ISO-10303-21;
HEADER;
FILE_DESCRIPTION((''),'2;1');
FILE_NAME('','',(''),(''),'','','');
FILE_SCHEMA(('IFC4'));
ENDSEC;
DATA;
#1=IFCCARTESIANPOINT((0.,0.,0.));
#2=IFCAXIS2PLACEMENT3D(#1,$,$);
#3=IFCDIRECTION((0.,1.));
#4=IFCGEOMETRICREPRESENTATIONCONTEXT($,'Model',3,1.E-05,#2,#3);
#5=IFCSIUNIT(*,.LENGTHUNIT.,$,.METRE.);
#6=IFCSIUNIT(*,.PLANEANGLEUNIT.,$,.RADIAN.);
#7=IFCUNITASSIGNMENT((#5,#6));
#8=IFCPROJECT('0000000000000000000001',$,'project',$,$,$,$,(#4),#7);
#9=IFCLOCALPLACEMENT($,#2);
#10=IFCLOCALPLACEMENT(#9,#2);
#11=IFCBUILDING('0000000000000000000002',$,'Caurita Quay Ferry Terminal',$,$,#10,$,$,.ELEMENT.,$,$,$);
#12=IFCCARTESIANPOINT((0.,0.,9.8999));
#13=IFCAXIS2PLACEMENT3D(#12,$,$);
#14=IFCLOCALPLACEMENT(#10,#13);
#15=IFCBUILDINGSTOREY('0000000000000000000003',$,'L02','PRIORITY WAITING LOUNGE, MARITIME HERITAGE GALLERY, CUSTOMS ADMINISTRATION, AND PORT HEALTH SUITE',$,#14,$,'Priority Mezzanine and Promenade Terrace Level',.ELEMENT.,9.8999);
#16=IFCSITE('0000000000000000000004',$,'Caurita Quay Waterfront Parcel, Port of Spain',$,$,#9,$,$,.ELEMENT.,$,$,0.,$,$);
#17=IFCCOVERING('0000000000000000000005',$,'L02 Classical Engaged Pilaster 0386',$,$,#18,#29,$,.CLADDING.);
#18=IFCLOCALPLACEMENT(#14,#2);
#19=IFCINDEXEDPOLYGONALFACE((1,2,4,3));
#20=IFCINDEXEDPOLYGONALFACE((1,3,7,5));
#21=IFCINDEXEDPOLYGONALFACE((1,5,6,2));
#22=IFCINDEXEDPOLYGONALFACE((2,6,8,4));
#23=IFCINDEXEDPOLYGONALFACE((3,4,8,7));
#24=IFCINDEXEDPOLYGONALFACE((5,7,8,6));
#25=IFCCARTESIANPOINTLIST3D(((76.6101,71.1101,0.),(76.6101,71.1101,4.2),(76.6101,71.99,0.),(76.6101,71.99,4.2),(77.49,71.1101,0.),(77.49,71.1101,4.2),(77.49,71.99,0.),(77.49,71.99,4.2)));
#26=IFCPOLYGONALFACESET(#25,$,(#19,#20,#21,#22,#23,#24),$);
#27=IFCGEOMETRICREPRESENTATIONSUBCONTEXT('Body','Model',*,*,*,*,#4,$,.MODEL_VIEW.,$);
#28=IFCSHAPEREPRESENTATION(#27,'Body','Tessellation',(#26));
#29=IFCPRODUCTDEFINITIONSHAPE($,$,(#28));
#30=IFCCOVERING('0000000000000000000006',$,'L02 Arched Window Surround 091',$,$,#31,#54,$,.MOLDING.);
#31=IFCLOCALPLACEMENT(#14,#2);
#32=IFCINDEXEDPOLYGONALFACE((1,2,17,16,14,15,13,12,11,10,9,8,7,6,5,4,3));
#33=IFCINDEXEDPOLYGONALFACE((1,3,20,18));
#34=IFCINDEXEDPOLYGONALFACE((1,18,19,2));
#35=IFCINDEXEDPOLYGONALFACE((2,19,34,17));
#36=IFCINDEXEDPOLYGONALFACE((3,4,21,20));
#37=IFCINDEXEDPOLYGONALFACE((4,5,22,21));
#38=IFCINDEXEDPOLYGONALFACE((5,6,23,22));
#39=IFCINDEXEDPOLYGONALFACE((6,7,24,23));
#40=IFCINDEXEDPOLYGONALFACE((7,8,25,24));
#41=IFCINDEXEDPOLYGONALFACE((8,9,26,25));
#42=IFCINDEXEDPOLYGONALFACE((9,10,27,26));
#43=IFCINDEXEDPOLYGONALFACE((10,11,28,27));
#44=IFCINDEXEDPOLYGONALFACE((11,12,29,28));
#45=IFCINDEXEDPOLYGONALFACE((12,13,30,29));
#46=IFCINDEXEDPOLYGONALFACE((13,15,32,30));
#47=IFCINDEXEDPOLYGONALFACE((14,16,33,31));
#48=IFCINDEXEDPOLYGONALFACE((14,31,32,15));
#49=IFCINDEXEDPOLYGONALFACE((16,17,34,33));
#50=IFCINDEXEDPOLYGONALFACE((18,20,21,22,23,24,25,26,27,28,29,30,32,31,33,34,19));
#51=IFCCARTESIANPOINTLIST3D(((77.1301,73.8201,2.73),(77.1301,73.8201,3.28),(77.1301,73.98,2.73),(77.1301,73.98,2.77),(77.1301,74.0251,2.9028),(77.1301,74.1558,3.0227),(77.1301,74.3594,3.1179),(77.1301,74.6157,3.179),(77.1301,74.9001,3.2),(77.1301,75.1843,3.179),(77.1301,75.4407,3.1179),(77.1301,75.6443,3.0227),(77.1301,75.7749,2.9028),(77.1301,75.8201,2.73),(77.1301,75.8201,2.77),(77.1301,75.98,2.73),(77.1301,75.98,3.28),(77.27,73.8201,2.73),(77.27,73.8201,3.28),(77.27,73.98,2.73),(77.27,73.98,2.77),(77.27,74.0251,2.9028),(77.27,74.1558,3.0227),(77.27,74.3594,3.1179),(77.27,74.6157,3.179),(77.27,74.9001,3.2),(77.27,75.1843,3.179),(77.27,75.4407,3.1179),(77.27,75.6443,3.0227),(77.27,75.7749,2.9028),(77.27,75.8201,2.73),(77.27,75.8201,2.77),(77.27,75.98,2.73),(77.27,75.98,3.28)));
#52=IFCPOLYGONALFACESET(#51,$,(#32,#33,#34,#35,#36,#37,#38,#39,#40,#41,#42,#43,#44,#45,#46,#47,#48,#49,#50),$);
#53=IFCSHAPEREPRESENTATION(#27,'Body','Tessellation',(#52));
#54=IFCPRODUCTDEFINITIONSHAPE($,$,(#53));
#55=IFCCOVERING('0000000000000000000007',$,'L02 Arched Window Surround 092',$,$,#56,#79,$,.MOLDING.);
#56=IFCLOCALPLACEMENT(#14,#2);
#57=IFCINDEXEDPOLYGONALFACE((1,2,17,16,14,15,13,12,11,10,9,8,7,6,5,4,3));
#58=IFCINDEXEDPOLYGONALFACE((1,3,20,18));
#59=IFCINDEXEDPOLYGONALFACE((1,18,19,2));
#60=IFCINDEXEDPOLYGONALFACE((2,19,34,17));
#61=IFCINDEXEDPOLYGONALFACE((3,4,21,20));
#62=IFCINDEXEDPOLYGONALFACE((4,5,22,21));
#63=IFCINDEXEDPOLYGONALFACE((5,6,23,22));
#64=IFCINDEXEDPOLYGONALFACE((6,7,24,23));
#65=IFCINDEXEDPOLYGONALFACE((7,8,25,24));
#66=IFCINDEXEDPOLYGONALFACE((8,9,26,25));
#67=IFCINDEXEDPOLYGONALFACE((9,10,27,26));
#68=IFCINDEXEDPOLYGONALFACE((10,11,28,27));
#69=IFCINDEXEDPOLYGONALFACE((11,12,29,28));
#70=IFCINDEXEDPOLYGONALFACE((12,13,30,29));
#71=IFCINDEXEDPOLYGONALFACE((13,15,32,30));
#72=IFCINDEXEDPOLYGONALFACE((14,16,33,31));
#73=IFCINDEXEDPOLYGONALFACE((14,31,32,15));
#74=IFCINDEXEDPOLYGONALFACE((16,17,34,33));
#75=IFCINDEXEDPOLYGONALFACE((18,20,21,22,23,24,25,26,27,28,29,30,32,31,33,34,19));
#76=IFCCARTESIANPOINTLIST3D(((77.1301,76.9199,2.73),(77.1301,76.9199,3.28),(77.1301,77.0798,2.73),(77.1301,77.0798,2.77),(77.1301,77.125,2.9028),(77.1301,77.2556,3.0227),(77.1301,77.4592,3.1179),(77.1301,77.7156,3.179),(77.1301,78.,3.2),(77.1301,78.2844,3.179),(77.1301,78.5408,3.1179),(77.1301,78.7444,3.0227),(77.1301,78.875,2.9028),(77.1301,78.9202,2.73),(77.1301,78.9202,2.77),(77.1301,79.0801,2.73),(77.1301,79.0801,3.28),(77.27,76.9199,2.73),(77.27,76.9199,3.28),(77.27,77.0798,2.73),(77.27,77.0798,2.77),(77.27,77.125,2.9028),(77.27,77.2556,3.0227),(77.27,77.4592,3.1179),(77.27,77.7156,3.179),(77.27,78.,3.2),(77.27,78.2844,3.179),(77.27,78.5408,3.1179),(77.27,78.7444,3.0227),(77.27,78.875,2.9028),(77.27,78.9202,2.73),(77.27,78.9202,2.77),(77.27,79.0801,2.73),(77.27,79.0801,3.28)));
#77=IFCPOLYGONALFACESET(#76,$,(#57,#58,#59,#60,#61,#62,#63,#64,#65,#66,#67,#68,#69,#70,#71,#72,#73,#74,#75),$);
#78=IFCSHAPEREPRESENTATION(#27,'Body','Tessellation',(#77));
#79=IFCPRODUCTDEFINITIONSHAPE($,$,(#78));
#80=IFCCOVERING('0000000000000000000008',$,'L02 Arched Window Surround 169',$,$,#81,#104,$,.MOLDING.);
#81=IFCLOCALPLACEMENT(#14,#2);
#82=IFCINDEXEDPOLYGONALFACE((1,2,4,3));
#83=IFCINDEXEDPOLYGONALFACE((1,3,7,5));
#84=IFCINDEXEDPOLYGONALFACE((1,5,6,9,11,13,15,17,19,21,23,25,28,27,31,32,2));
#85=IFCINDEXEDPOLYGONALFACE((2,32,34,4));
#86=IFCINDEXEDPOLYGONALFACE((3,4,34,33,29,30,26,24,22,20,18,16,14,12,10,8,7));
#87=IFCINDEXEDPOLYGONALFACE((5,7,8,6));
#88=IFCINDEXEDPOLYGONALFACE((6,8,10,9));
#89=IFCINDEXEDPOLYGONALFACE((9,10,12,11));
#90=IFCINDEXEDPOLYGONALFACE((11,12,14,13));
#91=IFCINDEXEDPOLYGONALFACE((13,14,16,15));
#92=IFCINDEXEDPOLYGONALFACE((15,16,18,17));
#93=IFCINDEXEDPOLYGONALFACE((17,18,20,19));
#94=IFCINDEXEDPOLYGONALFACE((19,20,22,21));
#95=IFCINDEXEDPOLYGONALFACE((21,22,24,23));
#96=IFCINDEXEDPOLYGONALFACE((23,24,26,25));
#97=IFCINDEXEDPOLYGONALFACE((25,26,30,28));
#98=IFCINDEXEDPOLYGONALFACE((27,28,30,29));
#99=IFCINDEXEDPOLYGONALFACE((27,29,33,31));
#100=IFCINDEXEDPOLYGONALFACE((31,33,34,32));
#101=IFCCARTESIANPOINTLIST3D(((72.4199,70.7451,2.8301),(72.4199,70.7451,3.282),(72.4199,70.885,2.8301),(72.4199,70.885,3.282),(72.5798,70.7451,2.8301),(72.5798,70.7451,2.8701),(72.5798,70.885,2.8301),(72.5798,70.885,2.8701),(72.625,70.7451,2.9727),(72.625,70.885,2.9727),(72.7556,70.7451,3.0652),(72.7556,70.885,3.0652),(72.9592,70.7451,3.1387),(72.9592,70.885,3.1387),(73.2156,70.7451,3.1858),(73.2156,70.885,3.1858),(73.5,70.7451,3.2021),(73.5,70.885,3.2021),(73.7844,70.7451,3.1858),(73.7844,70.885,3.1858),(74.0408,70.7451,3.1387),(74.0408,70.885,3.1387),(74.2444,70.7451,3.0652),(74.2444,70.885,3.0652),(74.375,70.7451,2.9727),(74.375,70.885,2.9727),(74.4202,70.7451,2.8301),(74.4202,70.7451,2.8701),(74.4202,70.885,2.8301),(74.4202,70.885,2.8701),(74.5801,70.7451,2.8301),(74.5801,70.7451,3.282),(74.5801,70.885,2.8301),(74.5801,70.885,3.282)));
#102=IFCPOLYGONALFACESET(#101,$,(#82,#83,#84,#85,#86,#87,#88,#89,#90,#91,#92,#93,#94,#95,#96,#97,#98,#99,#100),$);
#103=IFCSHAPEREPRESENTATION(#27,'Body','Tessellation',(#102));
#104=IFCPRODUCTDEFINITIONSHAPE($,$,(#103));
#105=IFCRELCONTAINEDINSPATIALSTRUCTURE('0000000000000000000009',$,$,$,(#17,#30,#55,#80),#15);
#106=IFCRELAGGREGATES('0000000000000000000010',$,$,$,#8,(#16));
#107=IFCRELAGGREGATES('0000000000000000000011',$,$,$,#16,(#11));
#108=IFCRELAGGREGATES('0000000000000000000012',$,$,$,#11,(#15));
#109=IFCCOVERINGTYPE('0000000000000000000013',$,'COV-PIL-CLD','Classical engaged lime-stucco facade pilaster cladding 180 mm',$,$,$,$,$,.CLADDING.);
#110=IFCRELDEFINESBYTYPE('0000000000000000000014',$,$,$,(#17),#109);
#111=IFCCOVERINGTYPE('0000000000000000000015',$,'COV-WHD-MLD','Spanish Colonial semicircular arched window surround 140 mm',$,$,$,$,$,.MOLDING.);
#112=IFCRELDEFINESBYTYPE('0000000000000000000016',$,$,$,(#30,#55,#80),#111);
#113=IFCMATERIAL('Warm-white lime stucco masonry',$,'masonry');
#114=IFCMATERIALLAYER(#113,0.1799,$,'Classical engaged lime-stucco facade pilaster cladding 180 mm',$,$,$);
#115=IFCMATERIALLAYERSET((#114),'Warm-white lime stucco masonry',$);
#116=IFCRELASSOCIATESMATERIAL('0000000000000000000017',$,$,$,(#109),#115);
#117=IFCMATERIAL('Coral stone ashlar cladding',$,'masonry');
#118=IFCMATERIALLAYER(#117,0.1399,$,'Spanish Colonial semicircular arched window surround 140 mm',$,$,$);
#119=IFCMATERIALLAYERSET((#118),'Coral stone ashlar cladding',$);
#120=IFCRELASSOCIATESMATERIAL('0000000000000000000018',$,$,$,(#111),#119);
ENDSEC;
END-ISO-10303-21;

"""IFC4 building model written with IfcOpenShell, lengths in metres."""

from ifc_helpers import new_model, si_unit, direction, frame, origin, origin_2d, place, context, subcontext, project, spatial, polyline, rectangle, outline, extrude, material, layer, layer_set, type_object, element, save


model = new_model("IFC4")

# Units and contexts
model_context = context("Model", 3, precision=1e-05, world=origin(), true_north=direction((0.0, 1.0)))
body_context = subcontext(model_context, "Body", "Model", "MODEL_VIEW")
ifc_project = project(units=[si_unit("LENGTHUNIT", "METRE"), si_unit("PLANEANGLEUNIT", "RADIAN")], contexts=[model_context])

# Site, building, storey
site_placement = place(None, origin())
site = spatial("IfcSite", under=ifc_project, at=site_placement, Name="Caurita Quay Waterfront Parcel, Port of Spain", CompositionType="ELEMENT", RefElevation=0.0)
building_placement = place(site_placement, origin())
building = spatial("IfcBuilding", under=site, at=building_placement, Name="Caurita Quay Ferry Terminal", CompositionType="ELEMENT")
storey_placement = place(building_placement, frame((0.0, 0.0, 9.8999)))
storey = spatial("IfcBuildingStorey", under=building, at=storey_placement, Name="L02", Description="PRIORITY WAITING LOUNGE, MARITIME HERITAGE GALLERY, CUSTOMS ADMINISTRATION, AND PORT HEALTH SUITE", LongName="Priority Mezzanine and Promenade Terrace Level", CompositionType="ELEMENT", Elevation=9.8999)

# Shared definitions
ifc_material_1 = material(Name="Warm-white lime stucco masonry", Category="masonry")

# Coverings
ifc_layer_1 = layer(ifc_material_1, 0.1799, Name="Classical engaged lime-stucco facade pilaster cladding 180 mm")
ifc_layer_set_1 = layer_set([ifc_layer_1], Name="Warm-white lime stucco masonry")
covering_type_1 = type_object("IfcCoveringType", Name="COV-PIL-CLD", Description="Classical engaged lime-stucco facade pilaster cladding 180 mm", PredefinedType="CLADDING", material=ifc_layer_set_1)
covering_1_placement = place(storey_placement, frame((77.05, 71.55, 0.0), z_axis=(0.0, 0.0, 1.0), x_axis=(1.0, 0.0, 0.0)))
element("IfcCovering", 1, at=covering_1_placement, inside=storey, type_object=covering_type_1, Name="L02 Classical Engaged Pilaster 0386", PredefinedType="CLADDING", context=body_context, shape_type="SweptSolid", body=[
    extrude(rectangle(XDim=0.8799, YDim=0.8799, at=origin_2d()), origin(), (0.0, 0.0, 1.0), 4.2),
])
ifc_material_2 = material(Name="Coral stone ashlar cladding", Category="masonry")
ifc_layer_2 = layer(ifc_material_2, 0.1399, Name="Spanish Colonial semicircular arched window surround 140 mm")
ifc_layer_set_2 = layer_set([ifc_layer_2], Name="Coral stone ashlar cladding")
covering_type_2 = type_object("IfcCoveringType", Name="COV-WHD-MLD", Description="Spanish Colonial semicircular arched window surround 140 mm", PredefinedType="MOLDING", material=ifc_layer_set_2)
covering_2_placement = place(storey_placement, frame((77.2, 73.8201, 2.73), z_axis=(0.0, 0.0, 1.0), x_axis=(0.0, 1.0, 0.0)))
element("IfcCovering", 2, at=covering_2_placement, inside=storey, type_object=covering_type_2, Name="L02 Arched Window Surround 091", PredefinedType="MOLDING", context=body_context, shape_type="SweptSolid", body=[
    extrude(outline(polyline([(0.0, 0.0), (0.1599, 0.0), (0.1599, 0.04), (0.2051, 0.1729), (0.3357, 0.2927), (0.5393, 0.3879), (0.7957, 0.449), (1.0801, 0.47), (1.3643, 0.449), (1.6206, 0.3879), (1.8242, 0.2927), (1.9548, 0.1729), (2.0, 0.04), (2.0, 0.0), (2.1599, 0.0), (2.1599, 0.55), (0.0, 0.55), (0.0, 0.0)])), frame((0.0, 0.0698, 0.0), z_axis=(0.0, -1.0, 0.0), x_axis=(1.0, 0.0, 0.0)), (0.0, 0.0, 1.0), 0.1399),
])
covering_3_placement = place(storey_placement, frame((77.2, 76.9199, 2.73), z_axis=(0.0, 0.0, 1.0), x_axis=(0.0, 1.0, 0.0)))
element("IfcCovering", 3, at=covering_3_placement, inside=storey, type_object=covering_type_2, Name="L02 Arched Window Surround 092", PredefinedType="MOLDING", context=body_context, shape_type="SweptSolid", body=[
    extrude(outline(polyline([(0.0, 0.0), (0.1599, 0.0), (0.1599, 0.04), (0.2051, 0.1729), (0.3357, 0.2927), (0.5393, 0.3879), (0.7957, 0.449), (1.0801, 0.47), (1.3645, 0.449), (1.6208, 0.3879), (1.8245, 0.2927), (1.9551, 0.1729), (2.0002, 0.04), (2.0002, 0.0), (2.1602, 0.0), (2.1602, 0.55), (0.0, 0.55), (0.0, 0.0)])), frame((0.0, 0.0698, 0.0), z_axis=(0.0, -1.0, 0.0), x_axis=(1.0, 0.0, 0.0)), (0.0, 0.0, 1.0), 0.1399),
])
covering_4_placement = place(storey_placement, frame((74.5801, 70.8149, 2.8301), z_axis=(0.0, 0.0, 1.0), x_axis=(-1.0, 0.0, 0.0)))
element("IfcCovering", 4, at=covering_4_placement, inside=storey, type_object=covering_type_2, Name="L02 Arched Window Surround 169", PredefinedType="MOLDING", context=body_context, shape_type="SweptSolid", body=[
    extrude(outline(polyline([(0.0, 0.0), (0.1599, 0.0), (0.1599, 0.04), (0.2051, 0.1426), (0.3357, 0.2351), (0.5393, 0.3086), (0.7957, 0.3557), (1.0801, 0.3721), (1.3645, 0.3557), (1.6208, 0.3086), (1.8245, 0.2351), (1.9551, 0.1426), (2.0002, 0.04), (2.0002, 0.0), (2.1602, 0.0), (2.1602, 0.4519), (0.0, 0.4519), (0.0, 0.0)])), frame((0.0, 0.0698, 0.0), z_axis=(0.0, -1.0, 0.0), x_axis=(1.0, 0.0, 0.0)), (0.0, 0.0, 1.0), 0.1399),
])

save(model, "model.ifc")
